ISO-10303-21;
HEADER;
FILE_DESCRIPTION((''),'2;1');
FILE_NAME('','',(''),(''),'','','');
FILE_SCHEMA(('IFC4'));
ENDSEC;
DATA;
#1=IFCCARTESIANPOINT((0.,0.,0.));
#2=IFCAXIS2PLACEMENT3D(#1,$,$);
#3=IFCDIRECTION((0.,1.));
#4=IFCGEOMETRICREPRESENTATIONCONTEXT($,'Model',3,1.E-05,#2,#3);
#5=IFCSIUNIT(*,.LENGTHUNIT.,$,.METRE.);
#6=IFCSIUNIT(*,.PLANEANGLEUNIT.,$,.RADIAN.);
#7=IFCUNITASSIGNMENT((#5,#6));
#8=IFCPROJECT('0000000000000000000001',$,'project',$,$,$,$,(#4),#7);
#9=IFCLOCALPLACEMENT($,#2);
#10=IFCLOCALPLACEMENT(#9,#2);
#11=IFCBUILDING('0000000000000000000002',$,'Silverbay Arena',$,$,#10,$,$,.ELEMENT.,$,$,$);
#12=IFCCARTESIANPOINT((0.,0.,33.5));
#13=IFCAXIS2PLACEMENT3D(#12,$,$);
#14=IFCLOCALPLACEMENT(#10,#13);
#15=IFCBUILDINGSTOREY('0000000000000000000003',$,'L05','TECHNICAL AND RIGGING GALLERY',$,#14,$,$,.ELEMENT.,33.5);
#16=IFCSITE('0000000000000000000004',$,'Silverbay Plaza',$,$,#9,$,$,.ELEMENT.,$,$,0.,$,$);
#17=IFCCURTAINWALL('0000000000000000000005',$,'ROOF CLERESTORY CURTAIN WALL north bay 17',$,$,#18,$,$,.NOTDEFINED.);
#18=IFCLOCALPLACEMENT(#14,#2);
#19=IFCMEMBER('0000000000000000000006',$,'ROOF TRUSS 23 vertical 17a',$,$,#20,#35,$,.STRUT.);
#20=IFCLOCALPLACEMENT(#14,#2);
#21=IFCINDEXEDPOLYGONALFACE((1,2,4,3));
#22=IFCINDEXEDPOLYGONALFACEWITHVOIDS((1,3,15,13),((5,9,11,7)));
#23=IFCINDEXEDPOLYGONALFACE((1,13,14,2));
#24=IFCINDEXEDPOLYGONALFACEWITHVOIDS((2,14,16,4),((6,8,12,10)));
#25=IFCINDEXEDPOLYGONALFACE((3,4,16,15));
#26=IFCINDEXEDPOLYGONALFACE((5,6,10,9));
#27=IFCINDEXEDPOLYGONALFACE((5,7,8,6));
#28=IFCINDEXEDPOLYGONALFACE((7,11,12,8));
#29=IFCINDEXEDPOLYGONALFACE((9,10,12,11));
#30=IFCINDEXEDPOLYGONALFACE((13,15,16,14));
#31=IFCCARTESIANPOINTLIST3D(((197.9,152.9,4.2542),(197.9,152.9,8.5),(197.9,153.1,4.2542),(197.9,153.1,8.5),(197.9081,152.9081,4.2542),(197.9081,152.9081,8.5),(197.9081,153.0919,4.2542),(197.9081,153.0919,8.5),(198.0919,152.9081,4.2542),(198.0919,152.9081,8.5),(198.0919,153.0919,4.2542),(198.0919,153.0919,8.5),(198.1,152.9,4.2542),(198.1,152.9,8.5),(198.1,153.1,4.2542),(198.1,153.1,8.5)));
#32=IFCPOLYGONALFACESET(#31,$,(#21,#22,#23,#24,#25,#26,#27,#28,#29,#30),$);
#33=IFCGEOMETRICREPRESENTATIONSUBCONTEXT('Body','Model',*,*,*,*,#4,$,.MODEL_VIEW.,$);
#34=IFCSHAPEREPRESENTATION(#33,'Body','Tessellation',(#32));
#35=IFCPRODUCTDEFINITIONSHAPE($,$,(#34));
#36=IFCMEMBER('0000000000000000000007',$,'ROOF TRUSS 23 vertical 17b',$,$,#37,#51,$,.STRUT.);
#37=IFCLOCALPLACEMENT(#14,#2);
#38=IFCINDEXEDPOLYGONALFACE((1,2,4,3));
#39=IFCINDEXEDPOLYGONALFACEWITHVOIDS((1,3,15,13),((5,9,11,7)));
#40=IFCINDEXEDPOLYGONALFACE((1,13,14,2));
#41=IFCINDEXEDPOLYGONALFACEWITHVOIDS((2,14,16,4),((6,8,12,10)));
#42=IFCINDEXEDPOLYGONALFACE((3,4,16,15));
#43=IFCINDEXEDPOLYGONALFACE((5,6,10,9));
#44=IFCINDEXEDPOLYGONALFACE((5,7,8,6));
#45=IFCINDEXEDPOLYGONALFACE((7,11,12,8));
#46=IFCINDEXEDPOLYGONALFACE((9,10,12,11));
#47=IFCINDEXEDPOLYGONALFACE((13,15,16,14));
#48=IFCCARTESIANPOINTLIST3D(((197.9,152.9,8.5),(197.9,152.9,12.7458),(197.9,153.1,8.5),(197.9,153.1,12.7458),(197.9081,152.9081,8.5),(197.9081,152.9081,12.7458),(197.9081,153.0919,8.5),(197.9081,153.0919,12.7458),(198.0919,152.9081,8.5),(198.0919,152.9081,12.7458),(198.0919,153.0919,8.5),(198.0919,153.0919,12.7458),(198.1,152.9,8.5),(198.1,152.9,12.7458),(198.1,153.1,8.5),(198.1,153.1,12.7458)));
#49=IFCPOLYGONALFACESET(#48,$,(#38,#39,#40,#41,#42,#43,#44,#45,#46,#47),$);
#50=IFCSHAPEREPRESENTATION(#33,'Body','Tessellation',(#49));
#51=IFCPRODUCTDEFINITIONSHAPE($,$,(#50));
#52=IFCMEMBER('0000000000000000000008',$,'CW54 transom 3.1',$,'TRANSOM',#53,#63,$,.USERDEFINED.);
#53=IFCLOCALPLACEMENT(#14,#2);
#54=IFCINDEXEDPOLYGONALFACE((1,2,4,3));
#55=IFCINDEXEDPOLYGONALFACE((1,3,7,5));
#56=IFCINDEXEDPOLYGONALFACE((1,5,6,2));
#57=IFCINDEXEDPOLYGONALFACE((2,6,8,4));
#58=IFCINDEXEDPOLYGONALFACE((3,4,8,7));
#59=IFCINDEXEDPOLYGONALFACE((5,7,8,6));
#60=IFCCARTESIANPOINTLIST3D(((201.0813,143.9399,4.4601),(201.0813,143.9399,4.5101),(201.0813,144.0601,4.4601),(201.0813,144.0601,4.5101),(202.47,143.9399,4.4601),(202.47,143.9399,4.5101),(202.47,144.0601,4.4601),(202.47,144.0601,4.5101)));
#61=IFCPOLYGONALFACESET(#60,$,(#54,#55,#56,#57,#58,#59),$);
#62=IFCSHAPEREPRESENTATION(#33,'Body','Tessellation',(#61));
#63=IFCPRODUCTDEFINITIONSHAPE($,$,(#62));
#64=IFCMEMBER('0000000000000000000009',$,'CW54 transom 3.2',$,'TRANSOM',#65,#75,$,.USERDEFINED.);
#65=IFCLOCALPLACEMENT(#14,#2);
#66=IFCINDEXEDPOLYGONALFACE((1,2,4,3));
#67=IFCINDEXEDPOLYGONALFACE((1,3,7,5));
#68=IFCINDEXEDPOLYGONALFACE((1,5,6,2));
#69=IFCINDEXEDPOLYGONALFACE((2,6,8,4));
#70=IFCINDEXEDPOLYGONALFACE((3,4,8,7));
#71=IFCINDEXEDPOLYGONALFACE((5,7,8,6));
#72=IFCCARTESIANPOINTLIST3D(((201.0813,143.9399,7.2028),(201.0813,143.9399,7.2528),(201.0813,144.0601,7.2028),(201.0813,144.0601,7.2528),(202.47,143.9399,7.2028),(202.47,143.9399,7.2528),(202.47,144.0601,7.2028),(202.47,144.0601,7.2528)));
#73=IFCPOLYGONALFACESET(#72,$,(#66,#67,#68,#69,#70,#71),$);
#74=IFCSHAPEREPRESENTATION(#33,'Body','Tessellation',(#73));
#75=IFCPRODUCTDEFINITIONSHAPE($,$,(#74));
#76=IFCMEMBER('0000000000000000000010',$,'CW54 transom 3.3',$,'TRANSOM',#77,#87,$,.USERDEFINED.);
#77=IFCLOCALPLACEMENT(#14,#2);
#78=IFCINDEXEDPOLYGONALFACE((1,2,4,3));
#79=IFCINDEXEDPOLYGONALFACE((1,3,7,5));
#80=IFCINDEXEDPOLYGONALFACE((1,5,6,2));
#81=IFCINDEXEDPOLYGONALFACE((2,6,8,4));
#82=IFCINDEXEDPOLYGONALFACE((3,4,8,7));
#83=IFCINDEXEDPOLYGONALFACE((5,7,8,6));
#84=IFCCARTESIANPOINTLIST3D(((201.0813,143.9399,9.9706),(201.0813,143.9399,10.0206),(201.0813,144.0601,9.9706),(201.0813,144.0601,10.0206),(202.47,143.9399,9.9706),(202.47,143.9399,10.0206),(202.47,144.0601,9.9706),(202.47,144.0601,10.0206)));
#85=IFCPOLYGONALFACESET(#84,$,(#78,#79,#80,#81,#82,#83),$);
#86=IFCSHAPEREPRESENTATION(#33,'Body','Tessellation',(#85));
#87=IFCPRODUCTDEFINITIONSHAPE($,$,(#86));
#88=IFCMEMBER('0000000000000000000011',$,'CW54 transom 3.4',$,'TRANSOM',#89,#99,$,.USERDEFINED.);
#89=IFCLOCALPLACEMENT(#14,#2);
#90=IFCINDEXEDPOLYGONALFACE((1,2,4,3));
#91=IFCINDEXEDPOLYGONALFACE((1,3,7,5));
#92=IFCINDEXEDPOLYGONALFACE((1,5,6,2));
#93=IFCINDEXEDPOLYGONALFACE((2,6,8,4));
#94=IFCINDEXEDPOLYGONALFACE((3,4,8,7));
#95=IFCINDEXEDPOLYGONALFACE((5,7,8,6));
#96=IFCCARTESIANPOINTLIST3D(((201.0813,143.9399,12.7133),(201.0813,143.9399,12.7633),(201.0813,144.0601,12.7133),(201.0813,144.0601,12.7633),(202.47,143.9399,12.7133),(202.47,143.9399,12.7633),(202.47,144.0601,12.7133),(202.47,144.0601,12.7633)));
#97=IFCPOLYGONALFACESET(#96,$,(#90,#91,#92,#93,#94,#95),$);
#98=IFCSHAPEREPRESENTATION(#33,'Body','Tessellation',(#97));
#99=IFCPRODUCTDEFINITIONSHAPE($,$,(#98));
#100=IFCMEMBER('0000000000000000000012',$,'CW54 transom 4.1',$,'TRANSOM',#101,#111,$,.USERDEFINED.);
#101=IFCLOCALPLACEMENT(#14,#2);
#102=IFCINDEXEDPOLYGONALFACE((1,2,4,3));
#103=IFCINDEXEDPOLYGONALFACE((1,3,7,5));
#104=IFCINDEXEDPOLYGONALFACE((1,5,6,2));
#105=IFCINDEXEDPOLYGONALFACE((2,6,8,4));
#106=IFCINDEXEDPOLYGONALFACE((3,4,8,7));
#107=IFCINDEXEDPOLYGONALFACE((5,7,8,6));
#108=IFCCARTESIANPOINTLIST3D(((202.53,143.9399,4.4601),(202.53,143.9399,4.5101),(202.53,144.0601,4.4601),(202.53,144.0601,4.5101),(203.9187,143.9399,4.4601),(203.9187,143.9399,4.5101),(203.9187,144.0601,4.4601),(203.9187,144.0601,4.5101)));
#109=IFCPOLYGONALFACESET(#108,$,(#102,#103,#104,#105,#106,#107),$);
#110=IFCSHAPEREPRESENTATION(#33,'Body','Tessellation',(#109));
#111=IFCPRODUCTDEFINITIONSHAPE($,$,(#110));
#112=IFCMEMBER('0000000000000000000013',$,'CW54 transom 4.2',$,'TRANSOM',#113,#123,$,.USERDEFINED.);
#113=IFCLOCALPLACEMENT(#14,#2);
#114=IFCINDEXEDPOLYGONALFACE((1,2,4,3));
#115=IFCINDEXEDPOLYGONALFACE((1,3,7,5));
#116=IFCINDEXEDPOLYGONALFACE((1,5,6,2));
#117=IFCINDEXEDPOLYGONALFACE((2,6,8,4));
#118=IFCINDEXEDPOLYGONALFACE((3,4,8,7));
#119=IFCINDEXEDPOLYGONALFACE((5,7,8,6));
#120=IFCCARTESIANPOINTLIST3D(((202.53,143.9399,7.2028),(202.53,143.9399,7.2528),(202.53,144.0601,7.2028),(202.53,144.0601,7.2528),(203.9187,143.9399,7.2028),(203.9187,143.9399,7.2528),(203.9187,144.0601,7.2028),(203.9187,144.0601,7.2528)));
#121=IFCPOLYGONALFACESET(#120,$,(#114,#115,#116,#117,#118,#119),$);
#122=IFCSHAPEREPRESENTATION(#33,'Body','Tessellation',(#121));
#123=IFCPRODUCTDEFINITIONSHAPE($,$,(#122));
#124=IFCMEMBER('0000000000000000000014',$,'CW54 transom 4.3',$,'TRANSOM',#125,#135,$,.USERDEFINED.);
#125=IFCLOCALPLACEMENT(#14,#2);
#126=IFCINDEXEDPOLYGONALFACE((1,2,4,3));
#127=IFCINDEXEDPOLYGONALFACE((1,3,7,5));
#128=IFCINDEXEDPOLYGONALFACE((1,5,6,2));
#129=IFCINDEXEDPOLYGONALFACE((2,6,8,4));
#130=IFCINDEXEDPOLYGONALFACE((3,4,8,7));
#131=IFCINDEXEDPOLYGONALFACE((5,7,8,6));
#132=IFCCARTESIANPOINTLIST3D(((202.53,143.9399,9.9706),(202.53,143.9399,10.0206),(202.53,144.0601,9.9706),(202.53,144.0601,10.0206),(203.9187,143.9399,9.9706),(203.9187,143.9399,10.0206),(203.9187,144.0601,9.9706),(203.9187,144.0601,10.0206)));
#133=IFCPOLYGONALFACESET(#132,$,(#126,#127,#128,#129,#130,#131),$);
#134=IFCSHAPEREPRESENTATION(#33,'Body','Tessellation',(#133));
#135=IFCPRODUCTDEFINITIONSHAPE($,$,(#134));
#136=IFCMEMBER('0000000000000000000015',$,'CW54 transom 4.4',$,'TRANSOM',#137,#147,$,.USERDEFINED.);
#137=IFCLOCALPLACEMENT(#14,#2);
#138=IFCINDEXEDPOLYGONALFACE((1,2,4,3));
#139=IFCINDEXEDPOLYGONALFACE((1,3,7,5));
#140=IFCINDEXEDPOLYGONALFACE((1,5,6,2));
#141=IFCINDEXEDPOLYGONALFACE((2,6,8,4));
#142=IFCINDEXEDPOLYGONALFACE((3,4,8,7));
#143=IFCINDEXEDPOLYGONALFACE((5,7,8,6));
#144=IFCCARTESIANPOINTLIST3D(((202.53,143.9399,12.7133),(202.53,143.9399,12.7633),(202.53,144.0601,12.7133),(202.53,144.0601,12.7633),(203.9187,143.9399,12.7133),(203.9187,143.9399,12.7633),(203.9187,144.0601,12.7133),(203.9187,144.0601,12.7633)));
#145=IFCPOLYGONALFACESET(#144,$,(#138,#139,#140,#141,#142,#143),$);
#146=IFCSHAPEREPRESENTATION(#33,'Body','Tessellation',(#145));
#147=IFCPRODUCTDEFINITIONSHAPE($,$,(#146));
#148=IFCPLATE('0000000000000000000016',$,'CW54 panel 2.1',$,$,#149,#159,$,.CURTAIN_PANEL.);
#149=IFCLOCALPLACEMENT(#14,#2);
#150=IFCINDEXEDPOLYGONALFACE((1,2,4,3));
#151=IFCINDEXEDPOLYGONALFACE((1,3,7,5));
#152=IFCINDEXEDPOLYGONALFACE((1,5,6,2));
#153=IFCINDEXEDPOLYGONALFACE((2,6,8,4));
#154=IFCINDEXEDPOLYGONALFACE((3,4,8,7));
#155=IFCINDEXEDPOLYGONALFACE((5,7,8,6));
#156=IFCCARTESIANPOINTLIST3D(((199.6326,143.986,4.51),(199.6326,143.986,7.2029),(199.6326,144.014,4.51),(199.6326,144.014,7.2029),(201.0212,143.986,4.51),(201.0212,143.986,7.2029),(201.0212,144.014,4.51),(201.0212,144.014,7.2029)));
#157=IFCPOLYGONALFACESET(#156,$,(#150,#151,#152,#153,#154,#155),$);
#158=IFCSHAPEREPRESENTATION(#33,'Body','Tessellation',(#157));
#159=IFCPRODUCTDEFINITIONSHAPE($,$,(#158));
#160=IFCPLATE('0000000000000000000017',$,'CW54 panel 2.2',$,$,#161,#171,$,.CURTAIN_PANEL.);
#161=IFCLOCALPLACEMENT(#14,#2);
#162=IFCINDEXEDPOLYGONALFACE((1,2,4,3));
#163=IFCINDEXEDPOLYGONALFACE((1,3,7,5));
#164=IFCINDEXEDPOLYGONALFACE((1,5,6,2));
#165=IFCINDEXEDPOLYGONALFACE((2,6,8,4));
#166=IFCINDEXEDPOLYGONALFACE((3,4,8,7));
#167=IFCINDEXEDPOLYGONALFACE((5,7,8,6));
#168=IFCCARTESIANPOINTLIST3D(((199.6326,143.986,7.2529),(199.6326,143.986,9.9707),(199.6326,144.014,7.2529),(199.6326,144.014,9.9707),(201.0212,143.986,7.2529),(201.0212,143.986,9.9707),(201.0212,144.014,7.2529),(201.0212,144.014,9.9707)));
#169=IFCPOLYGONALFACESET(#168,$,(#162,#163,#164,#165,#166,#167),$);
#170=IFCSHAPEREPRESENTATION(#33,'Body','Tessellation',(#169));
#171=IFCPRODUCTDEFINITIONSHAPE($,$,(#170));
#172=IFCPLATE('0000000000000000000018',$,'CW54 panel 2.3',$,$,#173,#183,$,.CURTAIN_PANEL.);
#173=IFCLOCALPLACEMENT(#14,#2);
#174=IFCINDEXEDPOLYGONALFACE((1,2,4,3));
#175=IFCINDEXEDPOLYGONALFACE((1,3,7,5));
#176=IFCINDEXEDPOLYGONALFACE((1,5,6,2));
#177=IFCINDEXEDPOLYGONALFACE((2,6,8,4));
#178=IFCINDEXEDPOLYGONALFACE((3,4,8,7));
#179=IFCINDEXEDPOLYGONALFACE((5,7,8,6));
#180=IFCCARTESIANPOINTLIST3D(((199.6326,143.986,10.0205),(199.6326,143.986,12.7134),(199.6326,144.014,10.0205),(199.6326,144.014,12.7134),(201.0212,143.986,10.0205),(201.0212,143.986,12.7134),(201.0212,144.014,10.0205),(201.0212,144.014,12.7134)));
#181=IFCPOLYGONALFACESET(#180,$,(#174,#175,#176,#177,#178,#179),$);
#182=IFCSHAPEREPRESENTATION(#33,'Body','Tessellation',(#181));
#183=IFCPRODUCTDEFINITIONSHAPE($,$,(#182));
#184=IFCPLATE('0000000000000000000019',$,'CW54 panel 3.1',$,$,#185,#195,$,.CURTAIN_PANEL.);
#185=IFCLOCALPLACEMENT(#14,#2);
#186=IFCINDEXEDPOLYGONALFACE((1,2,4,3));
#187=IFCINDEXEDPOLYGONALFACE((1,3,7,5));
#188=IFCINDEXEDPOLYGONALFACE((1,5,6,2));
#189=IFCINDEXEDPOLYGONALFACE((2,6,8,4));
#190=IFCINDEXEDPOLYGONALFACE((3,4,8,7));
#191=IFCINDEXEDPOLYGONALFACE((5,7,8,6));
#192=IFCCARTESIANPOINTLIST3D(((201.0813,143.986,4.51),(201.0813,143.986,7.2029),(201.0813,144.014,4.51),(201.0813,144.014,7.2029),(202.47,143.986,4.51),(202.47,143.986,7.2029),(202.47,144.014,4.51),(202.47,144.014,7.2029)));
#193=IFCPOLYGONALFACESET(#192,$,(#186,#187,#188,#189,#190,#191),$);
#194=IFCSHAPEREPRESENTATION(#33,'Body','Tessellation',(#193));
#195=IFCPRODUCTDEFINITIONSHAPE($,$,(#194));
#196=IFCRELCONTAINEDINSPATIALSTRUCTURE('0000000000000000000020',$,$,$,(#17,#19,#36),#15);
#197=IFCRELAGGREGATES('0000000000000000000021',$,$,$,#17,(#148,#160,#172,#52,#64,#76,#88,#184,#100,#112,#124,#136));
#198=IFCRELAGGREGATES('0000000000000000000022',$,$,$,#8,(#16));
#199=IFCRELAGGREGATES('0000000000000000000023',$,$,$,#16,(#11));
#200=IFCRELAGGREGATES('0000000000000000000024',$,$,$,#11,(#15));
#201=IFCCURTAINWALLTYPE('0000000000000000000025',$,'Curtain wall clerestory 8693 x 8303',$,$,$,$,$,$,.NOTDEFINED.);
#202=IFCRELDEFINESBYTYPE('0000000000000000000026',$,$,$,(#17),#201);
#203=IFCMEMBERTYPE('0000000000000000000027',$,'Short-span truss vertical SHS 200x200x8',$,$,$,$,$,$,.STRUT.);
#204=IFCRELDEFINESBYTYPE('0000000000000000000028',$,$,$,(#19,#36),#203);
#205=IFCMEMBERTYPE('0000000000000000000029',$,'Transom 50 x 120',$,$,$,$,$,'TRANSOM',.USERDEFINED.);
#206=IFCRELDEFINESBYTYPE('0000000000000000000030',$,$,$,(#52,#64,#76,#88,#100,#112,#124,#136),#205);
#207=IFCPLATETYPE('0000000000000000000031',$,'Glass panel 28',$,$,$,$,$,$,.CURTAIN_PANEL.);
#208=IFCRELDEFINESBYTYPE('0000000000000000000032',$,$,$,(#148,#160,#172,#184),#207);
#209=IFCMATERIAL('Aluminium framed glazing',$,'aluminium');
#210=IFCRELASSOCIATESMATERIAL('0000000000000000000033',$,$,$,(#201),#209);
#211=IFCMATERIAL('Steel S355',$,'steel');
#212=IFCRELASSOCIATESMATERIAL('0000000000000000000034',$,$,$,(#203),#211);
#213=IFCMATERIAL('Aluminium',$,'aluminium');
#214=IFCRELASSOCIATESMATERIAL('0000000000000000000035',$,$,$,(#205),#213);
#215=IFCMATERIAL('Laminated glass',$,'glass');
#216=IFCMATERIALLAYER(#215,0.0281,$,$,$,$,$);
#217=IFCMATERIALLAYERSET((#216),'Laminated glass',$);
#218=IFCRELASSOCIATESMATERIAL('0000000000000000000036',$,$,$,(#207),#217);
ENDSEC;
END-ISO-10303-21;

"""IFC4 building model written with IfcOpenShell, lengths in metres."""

from ifc_helpers import new_model, si_unit, direction, frame, origin, origin_2d, place, context, subcontext, project, spatial, rectangle, hollow_rectangle, extrude, material, layer, layer_set, material_profile, profile_set, type_object, element, aggregate, save


model = new_model("IFC4")

# Units and contexts
model_context = context("Model", 3, precision=1e-05, world=origin(), true_north=direction((0.0, 1.0)))
body_context = subcontext(model_context, "Body", "Model", "MODEL_VIEW")
ifc_project = project(units=[si_unit("LENGTHUNIT", "METRE"), si_unit("PLANEANGLEUNIT", "RADIAN")], contexts=[model_context])

# Site, building, storey
site_placement = place(None, origin())
site = spatial("IfcSite", under=ifc_project, at=site_placement, Name="Silverbay Plaza", CompositionType="ELEMENT", RefElevation=0.0)
building_placement = place(site_placement, origin())
building = spatial("IfcBuilding", under=site, at=building_placement, Name="Silverbay Arena", CompositionType="ELEMENT")
storey_placement = place(building_placement, frame((0.0, 0.0, 33.5)))
storey = spatial("IfcBuildingStorey", under=building, at=storey_placement, Name="L05", Description="TECHNICAL AND RIGGING GALLERY", CompositionType="ELEMENT", Elevation=33.5)

# Curtain wall
ifc_material_1 = material(Name="Aluminium framed glazing", Category="aluminium")
curtain_wall_type = type_object("IfcCurtainWallType", Name="Curtain wall clerestory 8693 x 8303", PredefinedType="NOTDEFINED", material=ifc_material_1)
curtain_wall_placement = place(storey_placement, origin())
curtain_wall = element("IfcCurtainWall", 1, at=curtain_wall_placement, inside=storey, type_object=curtain_wall_type, Name="ROOF CLERESTORY CURTAIN WALL north bay 17", PredefinedType="NOTDEFINED")

# Members
ifc_material_2 = material(Name="Steel S355", Category="steel")
ifc_material_profile_1 = material_profile(ifc_material_2, hollow_rectangle(XDim=0.2, YDim=0.2, WallThickness=0.0081, at=origin_2d()), Name="SHS 200x200x8")
ifc_profile_set_1 = profile_set([ifc_material_profile_1], Name="Steel S355")
member_type_1 = type_object("IfcMemberType", Name="Short-span truss vertical SHS 200x200x8", PredefinedType="STRUT", material=ifc_profile_set_1)
for number, where, z_axis, x_axis, name in (
    (2, (198.0, 153.0, 4.2542), (0.0, 0.0, 1.0), (1.0, 0.0, 0.0), "ROOF TRUSS 23 vertical 17a"),
    (3, (198.0, 153.0, 8.5), (0.0, 0.0, 1.0), (1.0, 0.0, 0.0), "ROOF TRUSS 23 vertical 17b"),
):
    element("IfcMember", number, at=place(storey_placement, frame(where, z_axis=z_axis, x_axis=x_axis)), inside=storey, type_object=member_type_1, Name=name, PredefinedType="STRUT", context=body_context, shape_type="SweptSolid", body=[
        extrude(hollow_rectangle(XDim=0.2, YDim=0.2, WallThickness=0.0081, at=origin_2d()), origin(), (0.0, 0.0, 1.0), 4.2458),
    ])

# Members
ifc_material_3 = material(Name="Aluminium", Category="aluminium")
ifc_material_profile_2 = material_profile(ifc_material_3, rectangle(XDim=0.1201, YDim=0.05, at=origin_2d()), Name="Transom 50 x 120")
ifc_profile_set_2 = profile_set([ifc_material_profile_2], Name="Aluminium")
member_type_2 = type_object("IfcMemberType", Name="Transom 50 x 120", ElementType="TRANSOM", PredefinedType="USERDEFINED", material=ifc_profile_set_2)
member_1_placement = place(storey_placement, frame((201.0813, 144.0, 4.4851), z_axis=(1.0, 0.0, 0.0), x_axis=(0.0, 1.0, 0.0)))
member_1 = element("IfcMember", 4, at=member_1_placement, type_object=member_type_2, Name="CW54 transom 3.1", ObjectType="TRANSOM", PredefinedType="USERDEFINED", context=body_context, shape_type="SweptSolid", body=[
    extrude(rectangle(XDim=0.1201, YDim=0.05, at=origin_2d()), origin(), (0.0, 0.0, 1.0), 1.3887),
])
member_2_placement = place(storey_placement, frame((201.0813, 144.0, 7.2278), z_axis=(1.0, 0.0, 0.0), x_axis=(0.0, 1.0, 0.0)))
member_2 = element("IfcMember", 5, at=member_2_placement, type_object=member_type_2, Name="CW54 transom 3.2", ObjectType="TRANSOM", PredefinedType="USERDEFINED", context=body_context, shape_type="SweptSolid", body=[
    extrude(rectangle(XDim=0.1201, YDim=0.05, at=origin_2d()), origin(), (0.0, 0.0, 1.0), 1.3887),
])
member_3_placement = place(storey_placement, frame((201.0813, 144.0, 9.9956), z_axis=(1.0, 0.0, 0.0), x_axis=(0.0, 1.0, 0.0)))
member_3 = element("IfcMember", 6, at=member_3_placement, type_object=member_type_2, Name="CW54 transom 3.3", ObjectType="TRANSOM", PredefinedType="USERDEFINED", context=body_context, shape_type="SweptSolid", body=[
    extrude(rectangle(XDim=0.1201, YDim=0.05, at=origin_2d()), origin(), (0.0, 0.0, 1.0), 1.3887),
])
member_4_placement = place(storey_placement, frame((201.0813, 144.0, 12.7383), z_axis=(1.0, 0.0, 0.0), x_axis=(0.0, 1.0, 0.0)))
member_4 = element("IfcMember", 7, at=member_4_placement, type_object=member_type_2, Name="CW54 transom 3.4", ObjectType="TRANSOM", PredefinedType="USERDEFINED", context=body_context, shape_type="SweptSolid", body=[
    extrude(rectangle(XDim=0.1201, YDim=0.05, at=origin_2d()), origin(), (0.0, 0.0, 1.0), 1.3887),
])
member_5_placement = place(storey_placement, frame((202.53, 144.0, 4.4851), z_axis=(1.0, 0.0, 0.0), x_axis=(0.0, 1.0, 0.0)))
member_5 = element("IfcMember", 8, at=member_5_placement, type_object=member_type_2, Name="CW54 transom 4.1", ObjectType="TRANSOM", PredefinedType="USERDEFINED", context=body_context, shape_type="SweptSolid", body=[
    extrude(rectangle(XDim=0.1201, YDim=0.05, at=origin_2d()), origin(), (0.0, 0.0, 1.0), 1.3887),
])
member_6_placement = place(storey_placement, frame((202.53, 144.0, 7.2278), z_axis=(1.0, 0.0, 0.0), x_axis=(0.0, 1.0, 0.0)))
member_6 = element("IfcMember", 9, at=member_6_placement, type_object=member_type_2, Name="CW54 transom 4.2", ObjectType="TRANSOM", PredefinedType="USERDEFINED", context=body_context, shape_type="SweptSolid", body=[
    extrude(rectangle(XDim=0.1201, YDim=0.05, at=origin_2d()), origin(), (0.0, 0.0, 1.0), 1.3887),
])
member_7_placement = place(storey_placement, frame((202.53, 144.0, 9.9956), z_axis=(1.0, 0.0, 0.0), x_axis=(0.0, 1.0, 0.0)))
member_7 = element("IfcMember", 10, at=member_7_placement, type_object=member_type_2, Name="CW54 transom 4.3", ObjectType="TRANSOM", PredefinedType="USERDEFINED", context=body_context, shape_type="SweptSolid", body=[
    extrude(rectangle(XDim=0.1201, YDim=0.05, at=origin_2d()), origin(), (0.0, 0.0, 1.0), 1.3887),
])
member_8_placement = place(storey_placement, frame((202.53, 144.0, 12.7383), z_axis=(1.0, 0.0, 0.0), x_axis=(0.0, 1.0, 0.0)))
member_8 = element("IfcMember", 11, at=member_8_placement, type_object=member_type_2, Name="CW54 transom 4.4", ObjectType="TRANSOM", PredefinedType="USERDEFINED", context=body_context, shape_type="SweptSolid", body=[
    extrude(rectangle(XDim=0.1201, YDim=0.05, at=origin_2d()), origin(), (0.0, 0.0, 1.0), 1.3887),
])

# Plates
ifc_material_4 = material(Name="Laminated glass", Category="glass")
ifc_layer = layer(ifc_material_4, 0.0281)
ifc_layer_set = layer_set([ifc_layer], Name="Laminated glass")
plate_type = type_object("IfcPlateType", Name="Glass panel 28", PredefinedType="CURTAIN_PANEL", material=ifc_layer_set)
plate_1_placement = place(storey_placement, frame((200.3269, 144.0, 4.51), z_axis=(0.0, 0.0, 1.0), x_axis=(1.0, 0.0, 0.0)))
plate_1 = element("IfcPlate", 12, at=plate_1_placement, type_object=plate_type, Name="CW54 panel 2.1", PredefinedType="CURTAIN_PANEL", context=body_context, shape_type="SweptSolid", body=[
    extrude(rectangle(XDim=1.3887, YDim=0.0281, at=origin_2d()), origin(), (0.0, 0.0, 1.0), 2.6929),
])
plate_2_placement = place(storey_placement, frame((200.3269, 144.0, 7.2529), z_axis=(0.0, 0.0, 1.0), x_axis=(1.0, 0.0, 0.0)))
plate_2 = element("IfcPlate", 13, at=plate_2_placement, type_object=plate_type, Name="CW54 panel 2.2", PredefinedType="CURTAIN_PANEL", context=body_context, shape_type="SweptSolid", body=[
    extrude(rectangle(XDim=1.3887, YDim=0.0281, at=origin_2d()), origin(), (0.0, 0.0, 1.0), 2.7178),
])
plate_3_placement = place(storey_placement, frame((200.3269, 144.0, 10.0205), z_axis=(0.0, 0.0, 1.0), x_axis=(1.0, 0.0, 0.0)))
plate_3 = element("IfcPlate", 14, at=plate_3_placement, type_object=plate_type, Name="CW54 panel 2.3", PredefinedType="CURTAIN_PANEL", context=body_context, shape_type="SweptSolid", body=[
    extrude(rectangle(XDim=1.3887, YDim=0.0281, at=origin_2d()), origin(), (0.0, 0.0, 1.0), 2.6929),
])
plate_4_placement = place(storey_placement, frame((201.7756, 144.0, 4.51), z_axis=(0.0, 0.0, 1.0), x_axis=(1.0, 0.0, 0.0)))
plate_4 = element("IfcPlate", 15, at=plate_4_placement, type_object=plate_type, Name="CW54 panel 3.1", PredefinedType="CURTAIN_PANEL", context=body_context, shape_type="SweptSolid", body=[
    extrude(rectangle(XDim=1.3887, YDim=0.0281, at=origin_2d()), origin(), (0.0, 0.0, 1.0), 2.6929),
])
aggregate(curtain_wall, [plate_1, plate_2, plate_3, member_1, member_2, member_3, member_4, plate_4, member_5, member_6, member_7, member_8])

save(model, "model.ifc")
